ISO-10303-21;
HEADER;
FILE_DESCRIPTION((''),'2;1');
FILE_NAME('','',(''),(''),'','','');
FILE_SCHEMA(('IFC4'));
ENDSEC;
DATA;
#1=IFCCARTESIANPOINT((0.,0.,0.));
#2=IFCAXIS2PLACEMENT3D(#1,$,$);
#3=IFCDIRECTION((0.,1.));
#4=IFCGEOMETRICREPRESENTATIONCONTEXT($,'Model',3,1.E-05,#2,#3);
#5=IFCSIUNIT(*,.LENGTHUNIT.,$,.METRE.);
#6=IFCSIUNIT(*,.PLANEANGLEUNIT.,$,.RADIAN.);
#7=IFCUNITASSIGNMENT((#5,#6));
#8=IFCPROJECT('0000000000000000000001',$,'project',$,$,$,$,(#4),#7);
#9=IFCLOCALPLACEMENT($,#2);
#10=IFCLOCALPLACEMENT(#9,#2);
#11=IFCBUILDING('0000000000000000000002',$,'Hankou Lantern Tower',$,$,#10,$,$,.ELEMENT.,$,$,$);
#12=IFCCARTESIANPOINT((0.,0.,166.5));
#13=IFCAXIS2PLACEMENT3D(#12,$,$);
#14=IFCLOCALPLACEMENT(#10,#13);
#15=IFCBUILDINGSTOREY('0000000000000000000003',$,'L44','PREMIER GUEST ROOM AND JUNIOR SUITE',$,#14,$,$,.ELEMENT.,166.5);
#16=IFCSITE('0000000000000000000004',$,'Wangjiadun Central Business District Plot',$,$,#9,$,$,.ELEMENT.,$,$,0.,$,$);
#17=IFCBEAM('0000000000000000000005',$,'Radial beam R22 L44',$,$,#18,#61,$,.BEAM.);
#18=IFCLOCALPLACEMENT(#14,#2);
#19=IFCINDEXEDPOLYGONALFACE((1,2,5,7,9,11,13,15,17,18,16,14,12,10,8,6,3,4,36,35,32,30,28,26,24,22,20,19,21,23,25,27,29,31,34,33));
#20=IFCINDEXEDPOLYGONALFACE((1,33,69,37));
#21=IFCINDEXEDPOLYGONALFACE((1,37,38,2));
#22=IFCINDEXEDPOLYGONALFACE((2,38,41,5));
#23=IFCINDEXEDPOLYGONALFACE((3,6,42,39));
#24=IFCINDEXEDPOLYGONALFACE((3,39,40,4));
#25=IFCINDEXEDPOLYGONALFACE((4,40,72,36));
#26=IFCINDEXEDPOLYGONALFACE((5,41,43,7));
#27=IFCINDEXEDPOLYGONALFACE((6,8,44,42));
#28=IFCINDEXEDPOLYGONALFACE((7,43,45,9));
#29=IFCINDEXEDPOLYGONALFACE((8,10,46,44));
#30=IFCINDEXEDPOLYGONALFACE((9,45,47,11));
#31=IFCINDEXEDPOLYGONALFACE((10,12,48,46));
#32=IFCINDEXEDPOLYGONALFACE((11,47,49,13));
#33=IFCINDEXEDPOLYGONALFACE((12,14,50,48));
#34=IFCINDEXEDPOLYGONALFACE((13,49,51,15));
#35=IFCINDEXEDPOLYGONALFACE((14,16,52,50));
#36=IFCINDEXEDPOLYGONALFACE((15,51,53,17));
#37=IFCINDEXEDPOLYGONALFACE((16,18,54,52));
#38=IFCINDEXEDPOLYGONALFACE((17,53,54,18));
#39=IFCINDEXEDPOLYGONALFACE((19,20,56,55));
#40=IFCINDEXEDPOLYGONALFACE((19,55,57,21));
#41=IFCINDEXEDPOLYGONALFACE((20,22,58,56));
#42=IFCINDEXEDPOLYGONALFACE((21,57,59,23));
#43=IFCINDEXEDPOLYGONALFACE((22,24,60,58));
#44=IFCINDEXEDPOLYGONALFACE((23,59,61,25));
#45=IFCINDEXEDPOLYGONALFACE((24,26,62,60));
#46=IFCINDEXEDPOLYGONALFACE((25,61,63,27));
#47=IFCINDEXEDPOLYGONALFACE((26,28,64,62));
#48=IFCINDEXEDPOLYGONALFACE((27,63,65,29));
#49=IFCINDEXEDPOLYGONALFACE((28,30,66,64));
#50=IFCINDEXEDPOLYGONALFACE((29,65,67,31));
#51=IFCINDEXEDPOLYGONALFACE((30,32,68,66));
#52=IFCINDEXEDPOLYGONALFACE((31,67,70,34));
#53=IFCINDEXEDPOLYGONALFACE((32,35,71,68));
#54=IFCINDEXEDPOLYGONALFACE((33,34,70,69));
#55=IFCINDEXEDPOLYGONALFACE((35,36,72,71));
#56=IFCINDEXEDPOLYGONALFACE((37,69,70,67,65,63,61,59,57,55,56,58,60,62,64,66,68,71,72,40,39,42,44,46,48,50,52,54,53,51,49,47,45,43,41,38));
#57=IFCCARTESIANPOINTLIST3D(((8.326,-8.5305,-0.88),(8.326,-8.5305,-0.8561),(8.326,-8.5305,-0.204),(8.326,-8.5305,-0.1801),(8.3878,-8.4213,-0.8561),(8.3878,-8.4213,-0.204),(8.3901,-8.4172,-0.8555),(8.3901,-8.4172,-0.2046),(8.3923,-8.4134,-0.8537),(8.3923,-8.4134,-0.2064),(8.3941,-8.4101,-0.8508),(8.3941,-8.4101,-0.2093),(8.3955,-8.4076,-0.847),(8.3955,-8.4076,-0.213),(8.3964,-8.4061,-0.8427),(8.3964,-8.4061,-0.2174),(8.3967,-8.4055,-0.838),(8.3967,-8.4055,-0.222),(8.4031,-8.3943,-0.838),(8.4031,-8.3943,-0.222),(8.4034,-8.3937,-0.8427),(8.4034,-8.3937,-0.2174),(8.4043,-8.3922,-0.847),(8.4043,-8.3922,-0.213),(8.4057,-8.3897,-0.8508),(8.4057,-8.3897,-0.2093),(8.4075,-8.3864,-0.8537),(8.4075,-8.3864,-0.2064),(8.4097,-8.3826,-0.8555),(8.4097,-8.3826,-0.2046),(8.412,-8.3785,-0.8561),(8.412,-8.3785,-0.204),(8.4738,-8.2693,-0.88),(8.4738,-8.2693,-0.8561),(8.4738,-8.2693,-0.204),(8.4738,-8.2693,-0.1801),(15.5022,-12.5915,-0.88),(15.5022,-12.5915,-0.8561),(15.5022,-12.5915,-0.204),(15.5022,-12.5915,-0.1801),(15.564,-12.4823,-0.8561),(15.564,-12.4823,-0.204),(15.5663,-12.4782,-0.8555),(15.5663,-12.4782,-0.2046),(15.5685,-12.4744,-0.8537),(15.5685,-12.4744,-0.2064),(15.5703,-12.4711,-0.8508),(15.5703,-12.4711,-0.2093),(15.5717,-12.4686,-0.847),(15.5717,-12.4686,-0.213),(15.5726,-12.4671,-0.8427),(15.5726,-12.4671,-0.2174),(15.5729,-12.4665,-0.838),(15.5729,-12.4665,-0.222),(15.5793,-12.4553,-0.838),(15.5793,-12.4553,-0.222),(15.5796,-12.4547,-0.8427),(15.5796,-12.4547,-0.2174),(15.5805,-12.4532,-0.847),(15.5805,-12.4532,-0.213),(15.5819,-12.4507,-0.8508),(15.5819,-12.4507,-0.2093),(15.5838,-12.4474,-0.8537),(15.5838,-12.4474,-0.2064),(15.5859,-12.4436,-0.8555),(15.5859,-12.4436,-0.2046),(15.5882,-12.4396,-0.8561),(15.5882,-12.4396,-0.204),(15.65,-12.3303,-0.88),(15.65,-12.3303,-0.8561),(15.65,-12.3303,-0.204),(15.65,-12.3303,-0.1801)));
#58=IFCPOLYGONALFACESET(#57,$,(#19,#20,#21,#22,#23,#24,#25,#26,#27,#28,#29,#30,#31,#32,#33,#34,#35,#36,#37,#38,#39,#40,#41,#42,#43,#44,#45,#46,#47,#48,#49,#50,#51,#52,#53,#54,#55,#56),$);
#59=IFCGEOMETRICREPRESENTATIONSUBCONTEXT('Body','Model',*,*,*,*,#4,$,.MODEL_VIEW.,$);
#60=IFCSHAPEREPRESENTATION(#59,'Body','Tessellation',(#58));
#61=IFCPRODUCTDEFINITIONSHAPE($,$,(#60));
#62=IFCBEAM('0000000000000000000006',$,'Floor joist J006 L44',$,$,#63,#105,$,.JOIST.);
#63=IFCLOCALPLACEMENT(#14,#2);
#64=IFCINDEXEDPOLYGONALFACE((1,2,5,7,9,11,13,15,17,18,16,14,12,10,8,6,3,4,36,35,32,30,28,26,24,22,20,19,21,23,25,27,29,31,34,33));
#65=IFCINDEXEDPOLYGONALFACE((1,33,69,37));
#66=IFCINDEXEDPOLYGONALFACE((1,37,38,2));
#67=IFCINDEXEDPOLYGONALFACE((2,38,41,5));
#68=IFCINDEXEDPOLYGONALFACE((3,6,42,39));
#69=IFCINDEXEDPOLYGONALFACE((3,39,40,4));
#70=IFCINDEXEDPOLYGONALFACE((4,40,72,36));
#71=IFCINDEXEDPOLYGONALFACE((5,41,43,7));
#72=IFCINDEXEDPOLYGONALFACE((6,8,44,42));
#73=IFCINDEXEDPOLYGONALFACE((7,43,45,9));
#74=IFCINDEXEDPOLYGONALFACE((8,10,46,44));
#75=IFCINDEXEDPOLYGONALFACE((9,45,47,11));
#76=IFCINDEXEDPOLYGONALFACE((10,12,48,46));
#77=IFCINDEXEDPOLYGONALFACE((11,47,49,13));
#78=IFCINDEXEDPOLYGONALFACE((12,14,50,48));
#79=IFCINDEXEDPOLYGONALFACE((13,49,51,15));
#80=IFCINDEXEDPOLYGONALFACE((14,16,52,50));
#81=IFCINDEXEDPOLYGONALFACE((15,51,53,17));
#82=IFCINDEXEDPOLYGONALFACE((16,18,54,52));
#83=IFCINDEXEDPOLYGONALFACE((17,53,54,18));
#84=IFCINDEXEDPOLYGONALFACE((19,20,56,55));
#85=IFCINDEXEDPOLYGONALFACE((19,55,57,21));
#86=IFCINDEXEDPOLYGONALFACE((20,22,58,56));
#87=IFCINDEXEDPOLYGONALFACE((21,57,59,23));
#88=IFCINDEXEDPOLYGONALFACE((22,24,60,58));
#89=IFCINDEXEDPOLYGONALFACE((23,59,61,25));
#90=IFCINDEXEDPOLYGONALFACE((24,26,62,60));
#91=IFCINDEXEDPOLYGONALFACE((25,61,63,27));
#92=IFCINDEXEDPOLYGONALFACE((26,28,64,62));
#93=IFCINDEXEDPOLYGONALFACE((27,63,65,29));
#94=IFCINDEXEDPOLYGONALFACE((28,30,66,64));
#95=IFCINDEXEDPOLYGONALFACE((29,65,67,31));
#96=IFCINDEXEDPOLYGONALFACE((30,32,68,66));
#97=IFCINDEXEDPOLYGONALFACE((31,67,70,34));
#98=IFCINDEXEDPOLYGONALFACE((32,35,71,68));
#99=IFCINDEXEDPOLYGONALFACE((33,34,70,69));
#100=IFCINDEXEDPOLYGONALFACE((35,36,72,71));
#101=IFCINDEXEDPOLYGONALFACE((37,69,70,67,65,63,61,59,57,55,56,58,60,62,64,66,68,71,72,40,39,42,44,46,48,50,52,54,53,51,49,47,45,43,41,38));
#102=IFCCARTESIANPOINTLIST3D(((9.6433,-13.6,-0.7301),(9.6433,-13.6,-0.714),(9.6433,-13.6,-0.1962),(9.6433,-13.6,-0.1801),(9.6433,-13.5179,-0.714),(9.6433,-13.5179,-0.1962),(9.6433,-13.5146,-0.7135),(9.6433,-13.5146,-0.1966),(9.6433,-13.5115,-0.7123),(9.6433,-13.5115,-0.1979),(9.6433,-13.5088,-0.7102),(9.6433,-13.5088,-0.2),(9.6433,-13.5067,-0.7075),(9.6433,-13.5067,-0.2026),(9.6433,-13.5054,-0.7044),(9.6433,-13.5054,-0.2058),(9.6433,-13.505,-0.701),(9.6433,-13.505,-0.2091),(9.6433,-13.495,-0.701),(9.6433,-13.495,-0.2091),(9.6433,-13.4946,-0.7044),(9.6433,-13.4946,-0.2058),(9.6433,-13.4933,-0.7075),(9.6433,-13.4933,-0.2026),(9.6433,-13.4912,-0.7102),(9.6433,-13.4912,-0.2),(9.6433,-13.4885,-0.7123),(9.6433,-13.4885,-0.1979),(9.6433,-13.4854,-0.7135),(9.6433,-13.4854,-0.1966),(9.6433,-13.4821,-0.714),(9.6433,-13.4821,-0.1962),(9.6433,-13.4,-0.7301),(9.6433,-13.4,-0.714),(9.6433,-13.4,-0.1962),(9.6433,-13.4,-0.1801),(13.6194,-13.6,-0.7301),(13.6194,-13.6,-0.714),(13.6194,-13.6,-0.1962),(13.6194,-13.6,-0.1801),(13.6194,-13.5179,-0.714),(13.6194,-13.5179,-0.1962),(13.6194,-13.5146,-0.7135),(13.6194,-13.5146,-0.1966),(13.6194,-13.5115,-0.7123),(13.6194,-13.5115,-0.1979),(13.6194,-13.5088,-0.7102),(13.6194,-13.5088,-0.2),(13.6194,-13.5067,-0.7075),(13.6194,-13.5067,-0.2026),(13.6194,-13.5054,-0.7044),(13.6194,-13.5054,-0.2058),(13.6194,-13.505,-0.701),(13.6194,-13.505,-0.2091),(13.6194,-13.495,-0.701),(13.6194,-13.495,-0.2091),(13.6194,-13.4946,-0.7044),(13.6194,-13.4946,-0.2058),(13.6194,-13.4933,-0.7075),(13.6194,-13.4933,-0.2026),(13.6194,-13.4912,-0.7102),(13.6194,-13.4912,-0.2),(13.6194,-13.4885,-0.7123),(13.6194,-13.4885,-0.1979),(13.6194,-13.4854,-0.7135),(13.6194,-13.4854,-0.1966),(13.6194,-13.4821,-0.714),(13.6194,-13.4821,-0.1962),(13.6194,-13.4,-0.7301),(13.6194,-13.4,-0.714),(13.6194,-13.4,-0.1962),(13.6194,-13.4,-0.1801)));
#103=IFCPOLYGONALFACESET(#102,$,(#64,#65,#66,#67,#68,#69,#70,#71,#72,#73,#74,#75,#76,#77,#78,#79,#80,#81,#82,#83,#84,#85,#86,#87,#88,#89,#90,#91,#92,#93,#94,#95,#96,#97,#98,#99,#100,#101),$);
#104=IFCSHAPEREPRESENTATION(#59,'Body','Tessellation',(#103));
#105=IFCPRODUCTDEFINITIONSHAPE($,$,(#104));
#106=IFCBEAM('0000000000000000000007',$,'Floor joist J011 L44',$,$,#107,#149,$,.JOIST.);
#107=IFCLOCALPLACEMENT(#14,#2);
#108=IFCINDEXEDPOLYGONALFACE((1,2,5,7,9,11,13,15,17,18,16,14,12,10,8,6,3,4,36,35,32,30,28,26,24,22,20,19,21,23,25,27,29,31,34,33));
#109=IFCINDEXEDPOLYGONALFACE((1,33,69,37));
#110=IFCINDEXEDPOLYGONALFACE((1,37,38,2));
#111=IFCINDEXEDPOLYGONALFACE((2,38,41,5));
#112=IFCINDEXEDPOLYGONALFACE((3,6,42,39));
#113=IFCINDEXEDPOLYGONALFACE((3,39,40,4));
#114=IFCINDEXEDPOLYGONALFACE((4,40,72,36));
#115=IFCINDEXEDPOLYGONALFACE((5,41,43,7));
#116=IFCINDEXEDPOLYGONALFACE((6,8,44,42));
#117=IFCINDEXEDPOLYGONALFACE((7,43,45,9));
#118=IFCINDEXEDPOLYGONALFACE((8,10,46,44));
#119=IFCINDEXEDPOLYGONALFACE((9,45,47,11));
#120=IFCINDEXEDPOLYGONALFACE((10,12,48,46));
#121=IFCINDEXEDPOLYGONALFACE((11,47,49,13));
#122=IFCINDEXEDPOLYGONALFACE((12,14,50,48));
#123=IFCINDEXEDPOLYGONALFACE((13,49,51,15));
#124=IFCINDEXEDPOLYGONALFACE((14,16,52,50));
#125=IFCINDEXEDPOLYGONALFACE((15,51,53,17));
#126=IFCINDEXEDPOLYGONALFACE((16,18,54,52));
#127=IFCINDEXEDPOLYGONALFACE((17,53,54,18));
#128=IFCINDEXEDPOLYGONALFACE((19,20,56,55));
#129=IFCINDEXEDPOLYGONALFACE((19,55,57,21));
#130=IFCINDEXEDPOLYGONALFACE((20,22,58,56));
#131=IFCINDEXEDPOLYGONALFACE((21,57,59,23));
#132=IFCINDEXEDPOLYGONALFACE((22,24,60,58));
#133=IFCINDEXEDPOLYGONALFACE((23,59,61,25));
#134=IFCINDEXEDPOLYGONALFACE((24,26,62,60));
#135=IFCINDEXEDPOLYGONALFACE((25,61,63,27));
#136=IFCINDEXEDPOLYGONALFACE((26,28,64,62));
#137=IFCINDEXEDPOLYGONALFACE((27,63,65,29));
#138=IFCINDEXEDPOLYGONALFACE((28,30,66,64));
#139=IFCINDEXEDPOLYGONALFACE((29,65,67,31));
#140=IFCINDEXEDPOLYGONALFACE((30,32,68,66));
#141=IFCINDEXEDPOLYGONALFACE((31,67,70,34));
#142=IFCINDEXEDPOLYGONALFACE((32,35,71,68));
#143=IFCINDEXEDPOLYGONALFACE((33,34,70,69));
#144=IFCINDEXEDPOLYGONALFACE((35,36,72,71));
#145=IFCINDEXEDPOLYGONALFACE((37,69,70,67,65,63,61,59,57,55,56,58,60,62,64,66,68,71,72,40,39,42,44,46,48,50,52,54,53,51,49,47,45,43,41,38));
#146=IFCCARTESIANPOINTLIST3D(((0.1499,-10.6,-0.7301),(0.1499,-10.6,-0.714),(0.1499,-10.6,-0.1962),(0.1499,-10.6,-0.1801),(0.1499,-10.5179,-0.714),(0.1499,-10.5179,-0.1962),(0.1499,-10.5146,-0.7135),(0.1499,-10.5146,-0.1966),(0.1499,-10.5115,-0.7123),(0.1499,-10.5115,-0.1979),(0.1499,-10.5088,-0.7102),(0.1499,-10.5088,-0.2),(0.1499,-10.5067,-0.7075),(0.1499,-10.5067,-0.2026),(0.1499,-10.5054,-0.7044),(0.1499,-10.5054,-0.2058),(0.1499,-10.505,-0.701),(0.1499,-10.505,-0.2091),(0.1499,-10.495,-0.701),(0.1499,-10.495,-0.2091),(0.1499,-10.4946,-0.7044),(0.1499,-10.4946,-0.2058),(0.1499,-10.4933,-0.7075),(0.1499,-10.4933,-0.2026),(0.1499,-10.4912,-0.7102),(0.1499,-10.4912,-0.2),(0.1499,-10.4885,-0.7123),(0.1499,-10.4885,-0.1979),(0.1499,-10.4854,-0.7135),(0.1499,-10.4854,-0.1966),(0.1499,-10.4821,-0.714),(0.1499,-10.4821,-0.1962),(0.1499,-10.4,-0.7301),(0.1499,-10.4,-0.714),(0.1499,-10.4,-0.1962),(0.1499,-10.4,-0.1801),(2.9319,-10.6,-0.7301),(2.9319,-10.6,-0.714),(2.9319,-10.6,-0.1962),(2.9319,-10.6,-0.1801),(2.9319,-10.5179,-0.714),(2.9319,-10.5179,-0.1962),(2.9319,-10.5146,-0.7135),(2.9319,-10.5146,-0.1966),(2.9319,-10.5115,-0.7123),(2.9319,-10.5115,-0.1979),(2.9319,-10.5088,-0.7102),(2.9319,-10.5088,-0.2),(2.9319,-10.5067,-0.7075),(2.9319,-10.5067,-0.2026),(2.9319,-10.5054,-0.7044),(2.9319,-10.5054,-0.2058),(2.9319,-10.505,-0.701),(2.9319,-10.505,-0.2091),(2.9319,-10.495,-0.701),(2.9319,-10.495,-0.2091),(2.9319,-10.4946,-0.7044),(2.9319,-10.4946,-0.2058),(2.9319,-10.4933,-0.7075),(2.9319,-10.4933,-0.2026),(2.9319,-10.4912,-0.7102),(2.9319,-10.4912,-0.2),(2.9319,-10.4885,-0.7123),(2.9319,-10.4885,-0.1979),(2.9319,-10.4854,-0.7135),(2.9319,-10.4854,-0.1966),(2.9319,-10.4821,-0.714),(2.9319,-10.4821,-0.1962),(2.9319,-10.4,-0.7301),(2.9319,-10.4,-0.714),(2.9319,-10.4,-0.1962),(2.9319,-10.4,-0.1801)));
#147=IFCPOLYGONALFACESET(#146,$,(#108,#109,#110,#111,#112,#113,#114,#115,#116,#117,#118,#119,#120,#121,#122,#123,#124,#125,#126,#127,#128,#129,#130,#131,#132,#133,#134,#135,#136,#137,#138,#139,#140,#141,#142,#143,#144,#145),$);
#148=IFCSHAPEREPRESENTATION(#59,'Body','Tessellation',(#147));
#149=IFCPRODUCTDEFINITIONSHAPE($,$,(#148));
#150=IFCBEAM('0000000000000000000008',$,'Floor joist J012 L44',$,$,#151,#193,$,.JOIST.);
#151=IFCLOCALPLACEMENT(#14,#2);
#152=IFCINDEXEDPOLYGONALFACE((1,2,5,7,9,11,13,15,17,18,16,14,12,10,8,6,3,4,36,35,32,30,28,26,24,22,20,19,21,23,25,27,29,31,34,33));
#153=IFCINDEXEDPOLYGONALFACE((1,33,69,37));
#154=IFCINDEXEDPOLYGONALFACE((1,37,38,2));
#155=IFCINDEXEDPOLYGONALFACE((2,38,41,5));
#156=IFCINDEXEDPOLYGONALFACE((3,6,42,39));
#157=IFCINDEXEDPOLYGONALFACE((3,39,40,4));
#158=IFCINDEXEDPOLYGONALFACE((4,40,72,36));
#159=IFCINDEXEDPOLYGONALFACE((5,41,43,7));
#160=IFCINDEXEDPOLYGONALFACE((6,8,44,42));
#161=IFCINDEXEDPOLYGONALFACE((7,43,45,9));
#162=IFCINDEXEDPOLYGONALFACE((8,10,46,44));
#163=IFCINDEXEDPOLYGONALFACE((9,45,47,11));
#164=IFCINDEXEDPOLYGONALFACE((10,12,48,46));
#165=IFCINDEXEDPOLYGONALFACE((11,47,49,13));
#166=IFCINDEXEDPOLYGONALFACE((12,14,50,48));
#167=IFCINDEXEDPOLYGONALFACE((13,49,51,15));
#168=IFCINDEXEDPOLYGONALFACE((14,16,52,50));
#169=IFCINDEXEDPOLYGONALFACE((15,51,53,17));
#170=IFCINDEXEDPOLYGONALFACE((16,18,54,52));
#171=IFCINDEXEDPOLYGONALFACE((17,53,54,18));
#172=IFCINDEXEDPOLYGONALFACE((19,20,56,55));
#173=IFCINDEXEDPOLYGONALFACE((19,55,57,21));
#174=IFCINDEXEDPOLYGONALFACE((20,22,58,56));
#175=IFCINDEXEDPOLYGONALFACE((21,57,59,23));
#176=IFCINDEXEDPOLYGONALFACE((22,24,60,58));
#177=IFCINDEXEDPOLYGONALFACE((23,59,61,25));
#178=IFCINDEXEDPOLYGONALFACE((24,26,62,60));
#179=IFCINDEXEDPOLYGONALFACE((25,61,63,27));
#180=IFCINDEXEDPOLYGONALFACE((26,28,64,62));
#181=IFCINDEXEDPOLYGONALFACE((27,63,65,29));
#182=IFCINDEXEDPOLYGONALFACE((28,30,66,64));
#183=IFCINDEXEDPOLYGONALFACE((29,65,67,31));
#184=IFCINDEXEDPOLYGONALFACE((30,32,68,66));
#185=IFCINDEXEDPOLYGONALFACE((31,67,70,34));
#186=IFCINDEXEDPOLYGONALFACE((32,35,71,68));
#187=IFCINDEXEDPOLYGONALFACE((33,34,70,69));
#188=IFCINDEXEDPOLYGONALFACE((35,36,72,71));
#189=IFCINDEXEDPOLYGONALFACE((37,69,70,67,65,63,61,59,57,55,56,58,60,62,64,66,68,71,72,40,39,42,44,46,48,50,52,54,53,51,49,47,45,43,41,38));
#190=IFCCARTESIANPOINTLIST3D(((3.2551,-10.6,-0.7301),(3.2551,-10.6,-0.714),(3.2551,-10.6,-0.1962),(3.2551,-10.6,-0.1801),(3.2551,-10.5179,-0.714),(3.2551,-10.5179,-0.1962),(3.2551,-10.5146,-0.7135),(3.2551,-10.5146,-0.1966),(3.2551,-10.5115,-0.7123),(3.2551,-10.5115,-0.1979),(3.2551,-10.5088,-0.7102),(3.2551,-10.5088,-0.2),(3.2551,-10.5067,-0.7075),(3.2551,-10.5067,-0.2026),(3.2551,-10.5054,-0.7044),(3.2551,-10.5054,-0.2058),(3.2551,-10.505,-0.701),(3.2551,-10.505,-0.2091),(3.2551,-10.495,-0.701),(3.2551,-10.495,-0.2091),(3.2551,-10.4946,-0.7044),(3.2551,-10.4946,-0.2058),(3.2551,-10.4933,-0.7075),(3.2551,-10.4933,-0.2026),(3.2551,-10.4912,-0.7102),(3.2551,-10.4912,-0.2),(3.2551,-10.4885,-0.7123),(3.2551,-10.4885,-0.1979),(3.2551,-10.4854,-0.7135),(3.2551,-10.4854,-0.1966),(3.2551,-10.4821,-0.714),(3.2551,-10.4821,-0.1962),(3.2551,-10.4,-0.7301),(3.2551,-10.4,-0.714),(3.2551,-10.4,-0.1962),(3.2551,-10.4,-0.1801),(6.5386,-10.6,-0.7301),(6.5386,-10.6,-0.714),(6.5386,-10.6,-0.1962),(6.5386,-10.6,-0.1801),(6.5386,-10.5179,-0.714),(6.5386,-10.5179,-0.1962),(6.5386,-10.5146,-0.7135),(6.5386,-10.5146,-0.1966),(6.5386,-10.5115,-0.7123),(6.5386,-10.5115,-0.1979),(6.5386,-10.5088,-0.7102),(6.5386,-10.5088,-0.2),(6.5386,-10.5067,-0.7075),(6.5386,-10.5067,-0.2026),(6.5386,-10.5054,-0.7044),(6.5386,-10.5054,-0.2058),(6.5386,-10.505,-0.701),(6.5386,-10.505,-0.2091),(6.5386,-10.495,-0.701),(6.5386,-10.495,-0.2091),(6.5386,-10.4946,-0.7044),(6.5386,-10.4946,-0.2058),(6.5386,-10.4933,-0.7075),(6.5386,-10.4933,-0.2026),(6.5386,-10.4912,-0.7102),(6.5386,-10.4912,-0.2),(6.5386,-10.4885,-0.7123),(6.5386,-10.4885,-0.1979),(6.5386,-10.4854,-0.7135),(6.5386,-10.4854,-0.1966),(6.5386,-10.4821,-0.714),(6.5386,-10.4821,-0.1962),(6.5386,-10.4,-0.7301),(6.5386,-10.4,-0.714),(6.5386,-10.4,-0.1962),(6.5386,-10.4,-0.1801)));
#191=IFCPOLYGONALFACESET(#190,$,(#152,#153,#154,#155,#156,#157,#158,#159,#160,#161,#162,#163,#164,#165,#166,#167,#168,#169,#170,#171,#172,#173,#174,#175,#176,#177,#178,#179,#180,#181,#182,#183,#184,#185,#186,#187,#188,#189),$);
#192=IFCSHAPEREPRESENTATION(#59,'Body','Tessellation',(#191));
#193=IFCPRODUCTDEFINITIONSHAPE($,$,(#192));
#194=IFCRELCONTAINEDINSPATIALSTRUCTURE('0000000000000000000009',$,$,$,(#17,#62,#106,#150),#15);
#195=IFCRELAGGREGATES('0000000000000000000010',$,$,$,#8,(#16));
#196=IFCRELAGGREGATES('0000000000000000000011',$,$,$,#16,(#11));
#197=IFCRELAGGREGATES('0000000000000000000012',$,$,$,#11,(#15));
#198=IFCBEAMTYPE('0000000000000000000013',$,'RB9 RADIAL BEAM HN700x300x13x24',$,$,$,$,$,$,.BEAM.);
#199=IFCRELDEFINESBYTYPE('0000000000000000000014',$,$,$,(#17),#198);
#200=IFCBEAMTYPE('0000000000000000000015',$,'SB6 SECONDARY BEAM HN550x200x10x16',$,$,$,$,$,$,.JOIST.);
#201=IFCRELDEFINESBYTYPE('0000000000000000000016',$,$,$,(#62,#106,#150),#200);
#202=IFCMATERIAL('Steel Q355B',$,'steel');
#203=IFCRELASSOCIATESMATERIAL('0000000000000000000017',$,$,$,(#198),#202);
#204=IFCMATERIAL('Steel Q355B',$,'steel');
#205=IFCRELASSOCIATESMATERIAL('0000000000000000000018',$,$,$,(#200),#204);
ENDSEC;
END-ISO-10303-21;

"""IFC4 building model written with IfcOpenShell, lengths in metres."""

from ifc_helpers import new_model, si_unit, direction, frame, origin, origin_2d, place, context, subcontext, project, spatial, i_section, extrude, material, material_profile, profile_set, type_object, element, save


model = new_model("IFC4")

# Units and contexts
model_context = context("Model", 3, precision=1e-05, world=origin(), true_north=direction((0.0, 1.0)))
body_context = subcontext(model_context, "Body", "Model", "MODEL_VIEW")
ifc_project = project(units=[si_unit("LENGTHUNIT", "METRE"), si_unit("PLANEANGLEUNIT", "RADIAN")], contexts=[model_context])

# Site, building, storey
site_placement = place(None, origin())
site = spatial("IfcSite", under=ifc_project, at=site_placement, Name="Wangjiadun Central Business District Plot", CompositionType="ELEMENT", RefElevation=0.0)
building_placement = place(site_placement, origin())
building = spatial("IfcBuilding", under=site, at=building_placement, Name="Hankou Lantern Tower", CompositionType="ELEMENT")
storey_placement = place(building_placement, frame((0.0, 0.0, 166.5)))
storey = spatial("IfcBuildingStorey", under=building, at=storey_placement, Name="L44", Description="PREMIER GUEST ROOM AND JUNIOR SUITE", CompositionType="ELEMENT", Elevation=166.5)

# Beams
ifc_material_1 = material(Name="Steel Q355B", Category="steel")
ifc_material_profile_1 = material_profile(ifc_material_1, i_section(OverallWidth=0.3, OverallDepth=0.7, WebThickness=0.0129, FlangeThickness=0.0239, FilletRadius=0.0181, at=origin_2d()), Name="HN700x300x13x24")
ifc_profile_set_1 = profile_set([ifc_material_profile_1], Name="Steel Q355B")
beam_type_1 = type_object("IfcBeamType", Name="RB9 RADIAL BEAM HN700x300x13x24", PredefinedType="BEAM", material=ifc_profile_set_1)
beam_1_placement = place(storey_placement, frame((8.3999, -8.3999, -0.53), z_axis=(0.870309, -0.492506, 0.0), x_axis=(0.492506, 0.870309, 0.0)))
element("IfcBeam", 1, at=beam_1_placement, inside=storey, type_object=beam_type_1, Name="Radial beam R22 L44", PredefinedType="BEAM", context=body_context, shape_type="SweptSolid", body=[
    extrude(i_section(OverallWidth=0.3, OverallDepth=0.7, WebThickness=0.0129, FlangeThickness=0.0239, FilletRadius=0.0181, at=origin_2d()), origin(), (0.0, 0.0, 1.0), 8.2456),
])
ifc_material_2 = material(Name="Steel Q355B", Category="steel")
ifc_material_profile_2 = material_profile(ifc_material_2, i_section(OverallWidth=0.2, OverallDepth=0.55, WebThickness=0.01, FlangeThickness=0.0161, FilletRadius=0.0129, at=origin_2d()), Name="HN550x200x10x16")
ifc_profile_set_2 = profile_set([ifc_material_profile_2], Name="Steel Q355B")
beam_type_2 = type_object("IfcBeamType", Name="SB6 SECONDARY BEAM HN550x200x10x16", PredefinedType="JOIST", material=ifc_profile_set_2)
beam_2_placement = place(storey_placement, frame((9.6433, -13.5, -0.4551), z_axis=(1.0, 0.0, 0.0), x_axis=(0.0, 1.0, 0.0)))
element("IfcBeam", 2, at=beam_2_placement, inside=storey, type_object=beam_type_2, Name="Floor joist J006 L44", PredefinedType="JOIST", context=body_context, shape_type="SweptSolid", body=[
    extrude(i_section(OverallWidth=0.2, OverallDepth=0.55, WebThickness=0.01, FlangeThickness=0.0161, FilletRadius=0.0129, at=origin_2d()), origin(), (0.0, 0.0, 1.0), 3.9761),
])
beam_3_placement = place(storey_placement, frame((0.1499, -10.5, -0.4551), z_axis=(1.0, 0.0, 0.0), x_axis=(0.0, 1.0, 0.0)))
element("IfcBeam", 3, at=beam_3_placement, inside=storey, type_object=beam_type_2, Name="Floor joist J011 L44", PredefinedType="JOIST", context=body_context, shape_type="SweptSolid", body=[
    extrude(i_section(OverallWidth=0.2, OverallDepth=0.55, WebThickness=0.01, FlangeThickness=0.0161, FilletRadius=0.0129, at=origin_2d()), origin(), (0.0, 0.0, 1.0), 2.782),
])
beam_4_placement = place(storey_placement, frame((3.2551, -10.5, -0.4551), z_axis=(1.0, 0.0, 0.0), x_axis=(0.0, 1.0, 0.0)))
element("IfcBeam", 4, at=beam_4_placement, inside=storey, type_object=beam_type_2, Name="Floor joist J012 L44", PredefinedType="JOIST", context=body_context, shape_type="SweptSolid", body=[
    extrude(i_section(OverallWidth=0.2, OverallDepth=0.55, WebThickness=0.01, FlangeThickness=0.0161, FilletRadius=0.0129, at=origin_2d()), origin(), (0.0, 0.0, 1.0), 3.2834),
])

save(model, "model.ifc")
